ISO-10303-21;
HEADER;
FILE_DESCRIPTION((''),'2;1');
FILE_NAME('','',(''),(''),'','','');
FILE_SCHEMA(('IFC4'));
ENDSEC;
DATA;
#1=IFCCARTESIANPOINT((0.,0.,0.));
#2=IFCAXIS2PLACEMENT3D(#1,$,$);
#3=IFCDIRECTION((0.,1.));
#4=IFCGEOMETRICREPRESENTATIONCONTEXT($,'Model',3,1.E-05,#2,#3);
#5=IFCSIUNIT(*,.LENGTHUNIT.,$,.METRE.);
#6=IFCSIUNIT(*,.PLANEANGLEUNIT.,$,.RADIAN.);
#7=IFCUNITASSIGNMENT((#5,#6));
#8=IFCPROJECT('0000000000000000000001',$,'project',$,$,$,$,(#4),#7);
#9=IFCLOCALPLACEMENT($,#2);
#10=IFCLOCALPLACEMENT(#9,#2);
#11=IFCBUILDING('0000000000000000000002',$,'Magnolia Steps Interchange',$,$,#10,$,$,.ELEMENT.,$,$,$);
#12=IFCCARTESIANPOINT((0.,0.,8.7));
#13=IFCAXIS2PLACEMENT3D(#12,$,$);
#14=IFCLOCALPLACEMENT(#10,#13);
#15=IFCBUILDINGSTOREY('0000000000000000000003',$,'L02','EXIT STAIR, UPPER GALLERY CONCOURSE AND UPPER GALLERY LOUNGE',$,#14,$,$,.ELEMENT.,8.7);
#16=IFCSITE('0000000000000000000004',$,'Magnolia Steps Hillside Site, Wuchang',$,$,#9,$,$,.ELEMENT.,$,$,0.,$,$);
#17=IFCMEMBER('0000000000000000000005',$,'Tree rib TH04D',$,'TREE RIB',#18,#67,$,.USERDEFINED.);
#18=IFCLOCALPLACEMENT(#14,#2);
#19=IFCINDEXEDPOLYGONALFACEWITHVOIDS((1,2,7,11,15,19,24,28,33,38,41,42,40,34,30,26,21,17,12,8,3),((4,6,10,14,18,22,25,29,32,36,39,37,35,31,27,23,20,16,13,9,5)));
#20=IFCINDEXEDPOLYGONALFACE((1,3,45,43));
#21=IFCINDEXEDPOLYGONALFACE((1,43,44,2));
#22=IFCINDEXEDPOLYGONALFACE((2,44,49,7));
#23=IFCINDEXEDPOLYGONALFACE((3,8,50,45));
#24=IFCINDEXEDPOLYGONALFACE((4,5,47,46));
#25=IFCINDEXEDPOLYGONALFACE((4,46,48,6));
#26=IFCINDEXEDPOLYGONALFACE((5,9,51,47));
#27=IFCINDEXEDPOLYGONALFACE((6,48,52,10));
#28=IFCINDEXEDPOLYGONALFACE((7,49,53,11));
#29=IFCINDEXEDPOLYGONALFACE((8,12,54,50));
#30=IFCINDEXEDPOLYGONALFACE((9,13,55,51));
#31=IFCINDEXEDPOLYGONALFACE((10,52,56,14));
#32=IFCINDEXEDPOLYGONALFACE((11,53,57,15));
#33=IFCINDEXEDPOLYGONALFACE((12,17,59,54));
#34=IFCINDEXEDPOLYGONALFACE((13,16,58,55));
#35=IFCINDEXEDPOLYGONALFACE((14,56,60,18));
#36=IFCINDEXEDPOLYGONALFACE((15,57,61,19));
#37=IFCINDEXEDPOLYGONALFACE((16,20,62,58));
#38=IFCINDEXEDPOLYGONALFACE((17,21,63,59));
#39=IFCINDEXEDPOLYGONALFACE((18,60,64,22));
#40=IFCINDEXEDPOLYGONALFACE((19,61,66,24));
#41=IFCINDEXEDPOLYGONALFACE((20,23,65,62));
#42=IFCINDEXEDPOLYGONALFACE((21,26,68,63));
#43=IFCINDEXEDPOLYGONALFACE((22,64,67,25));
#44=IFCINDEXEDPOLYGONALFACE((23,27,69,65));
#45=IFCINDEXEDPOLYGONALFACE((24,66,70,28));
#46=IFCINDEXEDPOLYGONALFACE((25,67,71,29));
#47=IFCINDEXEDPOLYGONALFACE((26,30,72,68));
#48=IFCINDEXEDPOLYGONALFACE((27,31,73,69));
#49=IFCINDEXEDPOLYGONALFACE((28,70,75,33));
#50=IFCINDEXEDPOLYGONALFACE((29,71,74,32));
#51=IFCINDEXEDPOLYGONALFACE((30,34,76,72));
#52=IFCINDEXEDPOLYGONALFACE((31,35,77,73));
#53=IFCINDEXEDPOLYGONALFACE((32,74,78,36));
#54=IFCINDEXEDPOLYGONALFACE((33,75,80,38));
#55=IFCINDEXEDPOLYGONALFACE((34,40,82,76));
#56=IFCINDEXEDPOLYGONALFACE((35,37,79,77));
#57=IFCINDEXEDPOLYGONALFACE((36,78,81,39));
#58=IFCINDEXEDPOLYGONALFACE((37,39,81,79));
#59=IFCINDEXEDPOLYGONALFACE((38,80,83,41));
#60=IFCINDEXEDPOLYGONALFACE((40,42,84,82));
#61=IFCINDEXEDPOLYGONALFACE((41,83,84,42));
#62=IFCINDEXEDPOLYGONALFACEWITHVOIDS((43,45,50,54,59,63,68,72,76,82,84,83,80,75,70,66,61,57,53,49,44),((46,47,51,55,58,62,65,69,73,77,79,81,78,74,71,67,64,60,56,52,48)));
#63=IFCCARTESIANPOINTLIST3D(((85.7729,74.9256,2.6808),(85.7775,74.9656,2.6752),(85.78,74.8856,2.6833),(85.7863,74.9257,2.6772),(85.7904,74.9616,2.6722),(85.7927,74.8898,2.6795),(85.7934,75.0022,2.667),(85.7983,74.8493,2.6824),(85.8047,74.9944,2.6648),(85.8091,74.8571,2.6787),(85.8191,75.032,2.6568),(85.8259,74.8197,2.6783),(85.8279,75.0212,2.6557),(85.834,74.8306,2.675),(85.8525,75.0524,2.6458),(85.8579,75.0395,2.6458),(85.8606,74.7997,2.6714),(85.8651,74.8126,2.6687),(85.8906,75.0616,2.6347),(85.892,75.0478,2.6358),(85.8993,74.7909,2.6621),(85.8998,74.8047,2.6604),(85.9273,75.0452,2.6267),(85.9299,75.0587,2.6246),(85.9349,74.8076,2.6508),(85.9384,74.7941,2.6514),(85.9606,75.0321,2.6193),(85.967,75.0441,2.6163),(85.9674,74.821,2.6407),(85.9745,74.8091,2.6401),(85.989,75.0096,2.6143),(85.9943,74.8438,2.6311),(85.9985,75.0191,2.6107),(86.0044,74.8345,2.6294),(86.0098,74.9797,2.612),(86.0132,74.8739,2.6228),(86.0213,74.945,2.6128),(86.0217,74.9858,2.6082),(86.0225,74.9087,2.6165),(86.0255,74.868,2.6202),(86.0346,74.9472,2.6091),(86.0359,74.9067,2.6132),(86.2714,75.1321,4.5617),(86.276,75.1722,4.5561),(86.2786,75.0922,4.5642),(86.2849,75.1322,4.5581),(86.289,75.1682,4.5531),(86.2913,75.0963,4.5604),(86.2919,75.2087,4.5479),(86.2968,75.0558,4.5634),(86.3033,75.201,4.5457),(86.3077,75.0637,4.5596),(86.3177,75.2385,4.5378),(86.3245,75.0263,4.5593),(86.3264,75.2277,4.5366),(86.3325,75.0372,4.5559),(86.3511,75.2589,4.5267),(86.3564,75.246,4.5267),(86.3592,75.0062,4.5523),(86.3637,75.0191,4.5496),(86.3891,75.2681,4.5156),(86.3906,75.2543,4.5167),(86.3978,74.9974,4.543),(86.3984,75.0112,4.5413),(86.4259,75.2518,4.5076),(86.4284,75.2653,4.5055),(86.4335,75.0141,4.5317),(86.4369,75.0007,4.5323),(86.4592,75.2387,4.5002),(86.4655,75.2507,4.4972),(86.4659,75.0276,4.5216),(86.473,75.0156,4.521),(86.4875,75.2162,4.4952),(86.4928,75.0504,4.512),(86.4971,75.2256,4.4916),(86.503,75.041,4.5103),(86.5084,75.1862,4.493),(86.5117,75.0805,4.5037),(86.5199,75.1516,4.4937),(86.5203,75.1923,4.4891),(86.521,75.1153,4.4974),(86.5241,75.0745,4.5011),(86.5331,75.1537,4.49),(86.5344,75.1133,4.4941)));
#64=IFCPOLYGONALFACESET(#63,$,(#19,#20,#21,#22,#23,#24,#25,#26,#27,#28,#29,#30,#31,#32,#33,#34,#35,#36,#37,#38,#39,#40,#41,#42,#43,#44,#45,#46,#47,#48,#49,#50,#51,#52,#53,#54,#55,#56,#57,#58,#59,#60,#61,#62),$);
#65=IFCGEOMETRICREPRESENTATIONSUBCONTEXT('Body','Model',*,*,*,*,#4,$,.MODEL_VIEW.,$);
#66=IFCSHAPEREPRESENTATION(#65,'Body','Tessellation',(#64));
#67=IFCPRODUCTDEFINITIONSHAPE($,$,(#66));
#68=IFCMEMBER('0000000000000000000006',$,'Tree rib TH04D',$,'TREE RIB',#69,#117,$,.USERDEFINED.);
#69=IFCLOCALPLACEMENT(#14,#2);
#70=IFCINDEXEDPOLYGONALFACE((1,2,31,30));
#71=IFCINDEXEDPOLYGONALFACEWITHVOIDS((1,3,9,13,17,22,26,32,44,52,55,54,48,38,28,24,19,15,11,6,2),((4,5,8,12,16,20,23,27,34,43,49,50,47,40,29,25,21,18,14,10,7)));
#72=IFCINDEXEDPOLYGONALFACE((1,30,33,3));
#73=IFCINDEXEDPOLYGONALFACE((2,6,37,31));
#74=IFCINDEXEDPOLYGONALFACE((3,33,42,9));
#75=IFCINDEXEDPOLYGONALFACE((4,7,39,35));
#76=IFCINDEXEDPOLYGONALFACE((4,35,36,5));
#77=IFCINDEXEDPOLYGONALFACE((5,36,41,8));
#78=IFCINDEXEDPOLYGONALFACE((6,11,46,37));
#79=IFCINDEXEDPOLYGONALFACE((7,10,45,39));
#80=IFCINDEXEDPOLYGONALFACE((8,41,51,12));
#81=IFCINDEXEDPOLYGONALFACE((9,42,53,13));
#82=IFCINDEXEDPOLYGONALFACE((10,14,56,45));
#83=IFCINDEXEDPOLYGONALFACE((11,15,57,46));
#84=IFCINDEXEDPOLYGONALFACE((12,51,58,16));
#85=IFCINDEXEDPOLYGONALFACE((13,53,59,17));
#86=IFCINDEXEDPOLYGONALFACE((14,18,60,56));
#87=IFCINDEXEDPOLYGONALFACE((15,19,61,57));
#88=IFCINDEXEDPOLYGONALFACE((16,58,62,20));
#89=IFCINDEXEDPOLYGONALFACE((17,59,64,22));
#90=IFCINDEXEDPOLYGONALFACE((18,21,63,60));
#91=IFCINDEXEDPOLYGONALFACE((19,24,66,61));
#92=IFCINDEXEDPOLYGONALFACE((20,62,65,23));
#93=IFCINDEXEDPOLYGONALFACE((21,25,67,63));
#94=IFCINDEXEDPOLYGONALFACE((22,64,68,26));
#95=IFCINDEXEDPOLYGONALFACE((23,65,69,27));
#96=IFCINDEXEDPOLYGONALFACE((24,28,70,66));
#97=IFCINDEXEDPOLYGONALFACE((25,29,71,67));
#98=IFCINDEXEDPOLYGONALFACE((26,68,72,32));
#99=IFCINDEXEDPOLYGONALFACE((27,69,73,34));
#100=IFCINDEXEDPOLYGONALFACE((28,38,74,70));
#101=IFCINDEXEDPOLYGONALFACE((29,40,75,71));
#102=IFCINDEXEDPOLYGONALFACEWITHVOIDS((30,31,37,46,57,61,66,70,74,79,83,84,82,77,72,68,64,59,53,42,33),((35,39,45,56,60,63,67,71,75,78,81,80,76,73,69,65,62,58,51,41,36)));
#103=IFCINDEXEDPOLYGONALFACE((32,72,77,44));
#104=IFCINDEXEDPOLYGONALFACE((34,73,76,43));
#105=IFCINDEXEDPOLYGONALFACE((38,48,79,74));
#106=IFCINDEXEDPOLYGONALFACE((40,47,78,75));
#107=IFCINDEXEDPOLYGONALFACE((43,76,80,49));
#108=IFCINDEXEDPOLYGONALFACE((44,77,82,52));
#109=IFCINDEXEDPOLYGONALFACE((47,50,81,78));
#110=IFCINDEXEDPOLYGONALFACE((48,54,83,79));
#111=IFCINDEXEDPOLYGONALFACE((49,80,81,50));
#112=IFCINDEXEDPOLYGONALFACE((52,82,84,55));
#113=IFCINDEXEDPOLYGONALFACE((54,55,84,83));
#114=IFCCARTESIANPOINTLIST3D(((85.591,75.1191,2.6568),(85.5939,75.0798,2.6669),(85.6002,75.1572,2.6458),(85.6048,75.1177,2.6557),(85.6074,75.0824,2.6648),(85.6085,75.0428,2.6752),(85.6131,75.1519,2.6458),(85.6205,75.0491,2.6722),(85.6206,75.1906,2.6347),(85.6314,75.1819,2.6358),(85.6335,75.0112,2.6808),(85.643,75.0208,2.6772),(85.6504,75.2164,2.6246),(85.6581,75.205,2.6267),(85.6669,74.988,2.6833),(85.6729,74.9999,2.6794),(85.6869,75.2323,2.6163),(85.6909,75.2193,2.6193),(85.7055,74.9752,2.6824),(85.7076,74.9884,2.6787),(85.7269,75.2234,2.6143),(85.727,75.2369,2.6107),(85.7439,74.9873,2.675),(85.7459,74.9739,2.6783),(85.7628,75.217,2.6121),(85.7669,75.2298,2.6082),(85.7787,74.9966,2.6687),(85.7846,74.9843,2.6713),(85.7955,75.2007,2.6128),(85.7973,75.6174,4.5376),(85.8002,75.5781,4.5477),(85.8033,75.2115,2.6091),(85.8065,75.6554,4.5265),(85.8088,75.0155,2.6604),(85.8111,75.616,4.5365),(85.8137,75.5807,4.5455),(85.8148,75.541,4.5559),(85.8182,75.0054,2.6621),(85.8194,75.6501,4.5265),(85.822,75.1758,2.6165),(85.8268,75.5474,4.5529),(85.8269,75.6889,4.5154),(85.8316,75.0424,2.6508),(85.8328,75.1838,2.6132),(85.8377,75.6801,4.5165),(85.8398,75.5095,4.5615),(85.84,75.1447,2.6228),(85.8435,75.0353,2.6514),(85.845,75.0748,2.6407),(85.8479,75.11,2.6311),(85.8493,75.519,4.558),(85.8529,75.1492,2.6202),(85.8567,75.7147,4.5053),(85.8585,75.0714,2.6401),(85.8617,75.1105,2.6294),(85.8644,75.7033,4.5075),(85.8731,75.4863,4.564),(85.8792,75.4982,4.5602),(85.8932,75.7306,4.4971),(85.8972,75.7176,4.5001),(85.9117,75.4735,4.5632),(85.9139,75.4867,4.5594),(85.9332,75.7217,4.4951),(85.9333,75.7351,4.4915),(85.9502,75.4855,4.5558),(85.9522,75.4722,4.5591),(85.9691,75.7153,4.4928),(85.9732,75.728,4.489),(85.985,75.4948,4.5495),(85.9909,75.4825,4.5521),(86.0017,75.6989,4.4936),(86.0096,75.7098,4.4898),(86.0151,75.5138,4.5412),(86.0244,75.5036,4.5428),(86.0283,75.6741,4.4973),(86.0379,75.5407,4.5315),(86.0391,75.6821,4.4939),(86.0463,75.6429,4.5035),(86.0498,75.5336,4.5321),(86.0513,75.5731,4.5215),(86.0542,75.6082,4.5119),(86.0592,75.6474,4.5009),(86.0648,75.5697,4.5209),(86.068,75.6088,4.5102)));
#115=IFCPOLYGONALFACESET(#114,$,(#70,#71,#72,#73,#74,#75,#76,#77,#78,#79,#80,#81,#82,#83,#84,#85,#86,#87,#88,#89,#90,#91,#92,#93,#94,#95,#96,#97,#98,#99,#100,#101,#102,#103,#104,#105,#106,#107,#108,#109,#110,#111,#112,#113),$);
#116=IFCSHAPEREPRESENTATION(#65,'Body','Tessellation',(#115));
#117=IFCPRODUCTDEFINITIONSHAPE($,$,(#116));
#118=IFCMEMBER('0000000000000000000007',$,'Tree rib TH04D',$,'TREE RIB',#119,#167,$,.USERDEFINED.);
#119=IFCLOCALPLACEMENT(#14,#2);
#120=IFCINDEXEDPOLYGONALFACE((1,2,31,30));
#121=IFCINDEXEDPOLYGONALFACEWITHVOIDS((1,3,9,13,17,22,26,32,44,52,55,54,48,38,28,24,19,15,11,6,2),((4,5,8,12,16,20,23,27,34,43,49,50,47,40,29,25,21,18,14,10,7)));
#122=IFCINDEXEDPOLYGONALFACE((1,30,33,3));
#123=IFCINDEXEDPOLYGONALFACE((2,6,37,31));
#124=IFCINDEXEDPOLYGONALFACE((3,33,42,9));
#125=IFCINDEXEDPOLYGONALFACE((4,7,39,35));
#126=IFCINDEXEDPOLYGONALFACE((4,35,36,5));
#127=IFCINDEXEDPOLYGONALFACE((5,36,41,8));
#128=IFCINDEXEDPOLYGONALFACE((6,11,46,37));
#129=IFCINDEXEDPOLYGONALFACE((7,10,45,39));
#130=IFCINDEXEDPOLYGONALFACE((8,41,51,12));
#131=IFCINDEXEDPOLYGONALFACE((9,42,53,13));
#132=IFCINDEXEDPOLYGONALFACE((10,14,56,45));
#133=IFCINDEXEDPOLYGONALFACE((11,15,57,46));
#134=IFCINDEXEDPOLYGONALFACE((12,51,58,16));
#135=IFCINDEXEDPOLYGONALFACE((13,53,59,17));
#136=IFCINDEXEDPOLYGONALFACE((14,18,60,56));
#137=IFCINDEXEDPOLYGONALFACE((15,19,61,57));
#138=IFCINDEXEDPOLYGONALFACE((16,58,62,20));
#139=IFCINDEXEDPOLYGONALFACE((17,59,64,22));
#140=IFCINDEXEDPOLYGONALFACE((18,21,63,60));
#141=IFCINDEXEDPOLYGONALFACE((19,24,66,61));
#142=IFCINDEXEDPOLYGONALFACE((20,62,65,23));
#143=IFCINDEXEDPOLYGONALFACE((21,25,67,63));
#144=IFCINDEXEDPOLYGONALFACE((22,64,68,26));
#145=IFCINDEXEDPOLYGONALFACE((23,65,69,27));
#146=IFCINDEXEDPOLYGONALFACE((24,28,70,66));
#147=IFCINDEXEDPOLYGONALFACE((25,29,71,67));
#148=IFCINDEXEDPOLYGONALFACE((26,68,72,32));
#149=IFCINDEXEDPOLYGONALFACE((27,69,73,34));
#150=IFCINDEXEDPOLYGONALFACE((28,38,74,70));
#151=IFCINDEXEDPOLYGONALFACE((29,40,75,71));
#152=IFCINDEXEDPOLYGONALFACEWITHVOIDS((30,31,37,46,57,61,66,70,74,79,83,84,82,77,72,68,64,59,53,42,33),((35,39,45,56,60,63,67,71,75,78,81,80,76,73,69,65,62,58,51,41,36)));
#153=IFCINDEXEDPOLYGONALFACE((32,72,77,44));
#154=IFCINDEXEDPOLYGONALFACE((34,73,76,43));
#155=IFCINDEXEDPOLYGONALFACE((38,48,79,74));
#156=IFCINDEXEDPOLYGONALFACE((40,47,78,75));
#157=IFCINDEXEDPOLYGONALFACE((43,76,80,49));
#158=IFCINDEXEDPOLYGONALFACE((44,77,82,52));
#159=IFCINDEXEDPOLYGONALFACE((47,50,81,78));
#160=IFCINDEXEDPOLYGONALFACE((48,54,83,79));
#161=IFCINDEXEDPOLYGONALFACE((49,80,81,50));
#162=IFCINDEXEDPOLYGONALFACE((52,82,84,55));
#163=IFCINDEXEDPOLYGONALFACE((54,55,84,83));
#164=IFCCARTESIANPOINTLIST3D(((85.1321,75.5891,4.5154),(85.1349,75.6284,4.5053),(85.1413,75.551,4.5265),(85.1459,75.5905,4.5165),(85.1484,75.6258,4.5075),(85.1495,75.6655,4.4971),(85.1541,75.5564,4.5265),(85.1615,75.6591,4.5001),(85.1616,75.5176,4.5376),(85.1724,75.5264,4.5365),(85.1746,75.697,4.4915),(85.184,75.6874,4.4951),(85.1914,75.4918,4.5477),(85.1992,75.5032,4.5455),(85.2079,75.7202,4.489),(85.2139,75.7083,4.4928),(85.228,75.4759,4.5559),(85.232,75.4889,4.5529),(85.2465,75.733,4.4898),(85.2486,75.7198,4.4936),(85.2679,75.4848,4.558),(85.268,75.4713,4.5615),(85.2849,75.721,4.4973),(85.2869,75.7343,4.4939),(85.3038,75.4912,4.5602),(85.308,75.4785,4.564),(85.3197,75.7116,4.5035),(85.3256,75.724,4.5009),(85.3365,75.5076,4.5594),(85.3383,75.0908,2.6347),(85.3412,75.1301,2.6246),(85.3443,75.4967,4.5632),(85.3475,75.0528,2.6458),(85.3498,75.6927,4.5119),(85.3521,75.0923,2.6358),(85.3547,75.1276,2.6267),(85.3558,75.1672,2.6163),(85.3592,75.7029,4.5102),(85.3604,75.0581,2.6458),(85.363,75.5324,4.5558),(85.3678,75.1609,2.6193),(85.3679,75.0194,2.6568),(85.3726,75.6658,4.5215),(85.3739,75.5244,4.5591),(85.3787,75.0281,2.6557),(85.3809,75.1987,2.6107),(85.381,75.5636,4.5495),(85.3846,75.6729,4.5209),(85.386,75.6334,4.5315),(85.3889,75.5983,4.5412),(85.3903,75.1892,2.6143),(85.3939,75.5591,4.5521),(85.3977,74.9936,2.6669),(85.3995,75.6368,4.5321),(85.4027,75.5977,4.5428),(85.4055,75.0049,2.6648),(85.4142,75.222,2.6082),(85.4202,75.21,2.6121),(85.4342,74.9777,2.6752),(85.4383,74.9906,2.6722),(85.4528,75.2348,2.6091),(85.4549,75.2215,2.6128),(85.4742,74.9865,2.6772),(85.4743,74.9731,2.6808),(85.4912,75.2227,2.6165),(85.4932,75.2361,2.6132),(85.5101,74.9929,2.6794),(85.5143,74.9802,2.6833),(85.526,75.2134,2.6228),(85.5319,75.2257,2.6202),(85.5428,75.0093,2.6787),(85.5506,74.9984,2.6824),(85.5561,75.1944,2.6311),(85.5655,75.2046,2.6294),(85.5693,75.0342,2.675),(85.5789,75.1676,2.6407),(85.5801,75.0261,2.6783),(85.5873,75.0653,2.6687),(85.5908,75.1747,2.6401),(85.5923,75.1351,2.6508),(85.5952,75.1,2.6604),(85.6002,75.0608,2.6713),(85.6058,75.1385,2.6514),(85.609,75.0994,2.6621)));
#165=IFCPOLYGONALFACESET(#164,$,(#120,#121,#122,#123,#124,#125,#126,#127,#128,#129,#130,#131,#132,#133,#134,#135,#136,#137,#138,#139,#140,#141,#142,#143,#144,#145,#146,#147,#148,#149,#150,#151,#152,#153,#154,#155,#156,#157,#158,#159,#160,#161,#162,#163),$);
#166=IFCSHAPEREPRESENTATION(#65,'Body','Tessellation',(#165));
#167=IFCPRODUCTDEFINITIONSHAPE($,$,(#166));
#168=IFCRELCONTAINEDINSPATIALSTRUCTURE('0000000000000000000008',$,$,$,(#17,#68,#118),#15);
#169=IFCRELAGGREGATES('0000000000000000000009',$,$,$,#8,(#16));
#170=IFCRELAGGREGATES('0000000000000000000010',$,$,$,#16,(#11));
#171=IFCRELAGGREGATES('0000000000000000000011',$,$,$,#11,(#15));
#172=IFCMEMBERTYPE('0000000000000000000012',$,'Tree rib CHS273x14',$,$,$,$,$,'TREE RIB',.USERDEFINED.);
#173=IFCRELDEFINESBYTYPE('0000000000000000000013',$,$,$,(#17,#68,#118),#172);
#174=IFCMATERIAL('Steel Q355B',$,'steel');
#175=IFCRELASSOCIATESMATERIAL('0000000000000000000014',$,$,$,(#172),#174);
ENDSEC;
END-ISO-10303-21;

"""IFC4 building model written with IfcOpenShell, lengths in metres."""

from ifc_helpers import new_model, si_unit, direction, frame, origin, origin_2d, place, context, subcontext, project, spatial, hollow_circle, extrude, material, material_profile, profile_set, type_object, element, save


model = new_model("IFC4")

# Units and contexts
model_context = context("Model", 3, precision=1e-05, world=origin(), true_north=direction((0.0, 1.0)))
body_context = subcontext(model_context, "Body", "Model", "MODEL_VIEW")
ifc_project = project(units=[si_unit("LENGTHUNIT", "METRE"), si_unit("PLANEANGLEUNIT", "RADIAN")], contexts=[model_context])

# Site, building, storey
site_placement = place(None, origin())
site = spatial("IfcSite", under=ifc_project, at=site_placement, Name="Magnolia Steps Hillside Site, Wuchang", CompositionType="ELEMENT", RefElevation=0.0)
building_placement = place(site_placement, origin())
building = spatial("IfcBuilding", under=site, at=building_placement, Name="Magnolia Steps Interchange", CompositionType="ELEMENT")
storey_placement = place(building_placement, frame((0.0, 0.0, 8.7)))
storey = spatial("IfcBuildingStorey", under=building, at=storey_placement, Name="L02", Description="EXIT STAIR, UPPER GALLERY CONCOURSE AND UPPER GALLERY LOUNGE", CompositionType="ELEMENT", Elevation=8.7)

# Members
ifc_material_1 = material(Name="Steel Q355B", Category="steel")
ifc_material_profile_1 = material_profile(ifc_material_1, hollow_circle(Radius=0.1365, WallThickness=0.0139, at=origin_2d()), Name="CHS273x14")
ifc_profile_set_1 = profile_set([ifc_material_profile_1], Name="Steel Q355B")
member_type_1 = type_object("IfcMemberType", Name="Tree rib CHS273x14", ElementType="TREE RIB", PredefinedType="USERDEFINED", material=ifc_profile_set_1)
for number, where, z_axis, x_axis, name in (
    (1, (85.9048, 74.9263, 2.6458), (0.254779, 0.105555, 0.961221), (-0.382751, 0.923851, 0.0), "Tree rib TH04D"),
):
    element("IfcMember", number, at=place(storey_placement, frame(where, z_axis=z_axis, x_axis=x_axis)), inside=storey, type_object=member_type_1, Name=name, ObjectType="TREE RIB", PredefinedType="USERDEFINED", context=body_context, shape_type="SweptSolid", body=[
        extrude(hollow_circle(Radius=0.1365, WallThickness=0.0139, at=origin_2d()), origin(), (0.0, 0.0, 1.0), 1.9568),
    ])
for number, where, z_axis, x_axis, name in (
    (2, (85.7263, 75.105, 2.6458), (0.105435, 0.254665, 0.961264), (-0.923945, 0.382525, 0.0), "Tree rib TH04D"),
    (3, (85.4736, 75.105, 2.6458), (-0.105435, 0.254665, 0.961264), (-0.923945, -0.382525, 0.0), "Tree rib TH04D"),
):
    element("IfcMember", number, at=place(storey_placement, frame(where, z_axis=z_axis, x_axis=x_axis)), inside=storey, type_object=member_type_1, Name=name, ObjectType="TREE RIB", PredefinedType="USERDEFINED", context=body_context, shape_type="SweptSolid", body=[
        extrude(hollow_circle(Radius=0.1365, WallThickness=0.0139, at=origin_2d()), origin(), (0.0, 0.0, 1.0), 1.9565),
    ])

save(model, "model.ifc")
